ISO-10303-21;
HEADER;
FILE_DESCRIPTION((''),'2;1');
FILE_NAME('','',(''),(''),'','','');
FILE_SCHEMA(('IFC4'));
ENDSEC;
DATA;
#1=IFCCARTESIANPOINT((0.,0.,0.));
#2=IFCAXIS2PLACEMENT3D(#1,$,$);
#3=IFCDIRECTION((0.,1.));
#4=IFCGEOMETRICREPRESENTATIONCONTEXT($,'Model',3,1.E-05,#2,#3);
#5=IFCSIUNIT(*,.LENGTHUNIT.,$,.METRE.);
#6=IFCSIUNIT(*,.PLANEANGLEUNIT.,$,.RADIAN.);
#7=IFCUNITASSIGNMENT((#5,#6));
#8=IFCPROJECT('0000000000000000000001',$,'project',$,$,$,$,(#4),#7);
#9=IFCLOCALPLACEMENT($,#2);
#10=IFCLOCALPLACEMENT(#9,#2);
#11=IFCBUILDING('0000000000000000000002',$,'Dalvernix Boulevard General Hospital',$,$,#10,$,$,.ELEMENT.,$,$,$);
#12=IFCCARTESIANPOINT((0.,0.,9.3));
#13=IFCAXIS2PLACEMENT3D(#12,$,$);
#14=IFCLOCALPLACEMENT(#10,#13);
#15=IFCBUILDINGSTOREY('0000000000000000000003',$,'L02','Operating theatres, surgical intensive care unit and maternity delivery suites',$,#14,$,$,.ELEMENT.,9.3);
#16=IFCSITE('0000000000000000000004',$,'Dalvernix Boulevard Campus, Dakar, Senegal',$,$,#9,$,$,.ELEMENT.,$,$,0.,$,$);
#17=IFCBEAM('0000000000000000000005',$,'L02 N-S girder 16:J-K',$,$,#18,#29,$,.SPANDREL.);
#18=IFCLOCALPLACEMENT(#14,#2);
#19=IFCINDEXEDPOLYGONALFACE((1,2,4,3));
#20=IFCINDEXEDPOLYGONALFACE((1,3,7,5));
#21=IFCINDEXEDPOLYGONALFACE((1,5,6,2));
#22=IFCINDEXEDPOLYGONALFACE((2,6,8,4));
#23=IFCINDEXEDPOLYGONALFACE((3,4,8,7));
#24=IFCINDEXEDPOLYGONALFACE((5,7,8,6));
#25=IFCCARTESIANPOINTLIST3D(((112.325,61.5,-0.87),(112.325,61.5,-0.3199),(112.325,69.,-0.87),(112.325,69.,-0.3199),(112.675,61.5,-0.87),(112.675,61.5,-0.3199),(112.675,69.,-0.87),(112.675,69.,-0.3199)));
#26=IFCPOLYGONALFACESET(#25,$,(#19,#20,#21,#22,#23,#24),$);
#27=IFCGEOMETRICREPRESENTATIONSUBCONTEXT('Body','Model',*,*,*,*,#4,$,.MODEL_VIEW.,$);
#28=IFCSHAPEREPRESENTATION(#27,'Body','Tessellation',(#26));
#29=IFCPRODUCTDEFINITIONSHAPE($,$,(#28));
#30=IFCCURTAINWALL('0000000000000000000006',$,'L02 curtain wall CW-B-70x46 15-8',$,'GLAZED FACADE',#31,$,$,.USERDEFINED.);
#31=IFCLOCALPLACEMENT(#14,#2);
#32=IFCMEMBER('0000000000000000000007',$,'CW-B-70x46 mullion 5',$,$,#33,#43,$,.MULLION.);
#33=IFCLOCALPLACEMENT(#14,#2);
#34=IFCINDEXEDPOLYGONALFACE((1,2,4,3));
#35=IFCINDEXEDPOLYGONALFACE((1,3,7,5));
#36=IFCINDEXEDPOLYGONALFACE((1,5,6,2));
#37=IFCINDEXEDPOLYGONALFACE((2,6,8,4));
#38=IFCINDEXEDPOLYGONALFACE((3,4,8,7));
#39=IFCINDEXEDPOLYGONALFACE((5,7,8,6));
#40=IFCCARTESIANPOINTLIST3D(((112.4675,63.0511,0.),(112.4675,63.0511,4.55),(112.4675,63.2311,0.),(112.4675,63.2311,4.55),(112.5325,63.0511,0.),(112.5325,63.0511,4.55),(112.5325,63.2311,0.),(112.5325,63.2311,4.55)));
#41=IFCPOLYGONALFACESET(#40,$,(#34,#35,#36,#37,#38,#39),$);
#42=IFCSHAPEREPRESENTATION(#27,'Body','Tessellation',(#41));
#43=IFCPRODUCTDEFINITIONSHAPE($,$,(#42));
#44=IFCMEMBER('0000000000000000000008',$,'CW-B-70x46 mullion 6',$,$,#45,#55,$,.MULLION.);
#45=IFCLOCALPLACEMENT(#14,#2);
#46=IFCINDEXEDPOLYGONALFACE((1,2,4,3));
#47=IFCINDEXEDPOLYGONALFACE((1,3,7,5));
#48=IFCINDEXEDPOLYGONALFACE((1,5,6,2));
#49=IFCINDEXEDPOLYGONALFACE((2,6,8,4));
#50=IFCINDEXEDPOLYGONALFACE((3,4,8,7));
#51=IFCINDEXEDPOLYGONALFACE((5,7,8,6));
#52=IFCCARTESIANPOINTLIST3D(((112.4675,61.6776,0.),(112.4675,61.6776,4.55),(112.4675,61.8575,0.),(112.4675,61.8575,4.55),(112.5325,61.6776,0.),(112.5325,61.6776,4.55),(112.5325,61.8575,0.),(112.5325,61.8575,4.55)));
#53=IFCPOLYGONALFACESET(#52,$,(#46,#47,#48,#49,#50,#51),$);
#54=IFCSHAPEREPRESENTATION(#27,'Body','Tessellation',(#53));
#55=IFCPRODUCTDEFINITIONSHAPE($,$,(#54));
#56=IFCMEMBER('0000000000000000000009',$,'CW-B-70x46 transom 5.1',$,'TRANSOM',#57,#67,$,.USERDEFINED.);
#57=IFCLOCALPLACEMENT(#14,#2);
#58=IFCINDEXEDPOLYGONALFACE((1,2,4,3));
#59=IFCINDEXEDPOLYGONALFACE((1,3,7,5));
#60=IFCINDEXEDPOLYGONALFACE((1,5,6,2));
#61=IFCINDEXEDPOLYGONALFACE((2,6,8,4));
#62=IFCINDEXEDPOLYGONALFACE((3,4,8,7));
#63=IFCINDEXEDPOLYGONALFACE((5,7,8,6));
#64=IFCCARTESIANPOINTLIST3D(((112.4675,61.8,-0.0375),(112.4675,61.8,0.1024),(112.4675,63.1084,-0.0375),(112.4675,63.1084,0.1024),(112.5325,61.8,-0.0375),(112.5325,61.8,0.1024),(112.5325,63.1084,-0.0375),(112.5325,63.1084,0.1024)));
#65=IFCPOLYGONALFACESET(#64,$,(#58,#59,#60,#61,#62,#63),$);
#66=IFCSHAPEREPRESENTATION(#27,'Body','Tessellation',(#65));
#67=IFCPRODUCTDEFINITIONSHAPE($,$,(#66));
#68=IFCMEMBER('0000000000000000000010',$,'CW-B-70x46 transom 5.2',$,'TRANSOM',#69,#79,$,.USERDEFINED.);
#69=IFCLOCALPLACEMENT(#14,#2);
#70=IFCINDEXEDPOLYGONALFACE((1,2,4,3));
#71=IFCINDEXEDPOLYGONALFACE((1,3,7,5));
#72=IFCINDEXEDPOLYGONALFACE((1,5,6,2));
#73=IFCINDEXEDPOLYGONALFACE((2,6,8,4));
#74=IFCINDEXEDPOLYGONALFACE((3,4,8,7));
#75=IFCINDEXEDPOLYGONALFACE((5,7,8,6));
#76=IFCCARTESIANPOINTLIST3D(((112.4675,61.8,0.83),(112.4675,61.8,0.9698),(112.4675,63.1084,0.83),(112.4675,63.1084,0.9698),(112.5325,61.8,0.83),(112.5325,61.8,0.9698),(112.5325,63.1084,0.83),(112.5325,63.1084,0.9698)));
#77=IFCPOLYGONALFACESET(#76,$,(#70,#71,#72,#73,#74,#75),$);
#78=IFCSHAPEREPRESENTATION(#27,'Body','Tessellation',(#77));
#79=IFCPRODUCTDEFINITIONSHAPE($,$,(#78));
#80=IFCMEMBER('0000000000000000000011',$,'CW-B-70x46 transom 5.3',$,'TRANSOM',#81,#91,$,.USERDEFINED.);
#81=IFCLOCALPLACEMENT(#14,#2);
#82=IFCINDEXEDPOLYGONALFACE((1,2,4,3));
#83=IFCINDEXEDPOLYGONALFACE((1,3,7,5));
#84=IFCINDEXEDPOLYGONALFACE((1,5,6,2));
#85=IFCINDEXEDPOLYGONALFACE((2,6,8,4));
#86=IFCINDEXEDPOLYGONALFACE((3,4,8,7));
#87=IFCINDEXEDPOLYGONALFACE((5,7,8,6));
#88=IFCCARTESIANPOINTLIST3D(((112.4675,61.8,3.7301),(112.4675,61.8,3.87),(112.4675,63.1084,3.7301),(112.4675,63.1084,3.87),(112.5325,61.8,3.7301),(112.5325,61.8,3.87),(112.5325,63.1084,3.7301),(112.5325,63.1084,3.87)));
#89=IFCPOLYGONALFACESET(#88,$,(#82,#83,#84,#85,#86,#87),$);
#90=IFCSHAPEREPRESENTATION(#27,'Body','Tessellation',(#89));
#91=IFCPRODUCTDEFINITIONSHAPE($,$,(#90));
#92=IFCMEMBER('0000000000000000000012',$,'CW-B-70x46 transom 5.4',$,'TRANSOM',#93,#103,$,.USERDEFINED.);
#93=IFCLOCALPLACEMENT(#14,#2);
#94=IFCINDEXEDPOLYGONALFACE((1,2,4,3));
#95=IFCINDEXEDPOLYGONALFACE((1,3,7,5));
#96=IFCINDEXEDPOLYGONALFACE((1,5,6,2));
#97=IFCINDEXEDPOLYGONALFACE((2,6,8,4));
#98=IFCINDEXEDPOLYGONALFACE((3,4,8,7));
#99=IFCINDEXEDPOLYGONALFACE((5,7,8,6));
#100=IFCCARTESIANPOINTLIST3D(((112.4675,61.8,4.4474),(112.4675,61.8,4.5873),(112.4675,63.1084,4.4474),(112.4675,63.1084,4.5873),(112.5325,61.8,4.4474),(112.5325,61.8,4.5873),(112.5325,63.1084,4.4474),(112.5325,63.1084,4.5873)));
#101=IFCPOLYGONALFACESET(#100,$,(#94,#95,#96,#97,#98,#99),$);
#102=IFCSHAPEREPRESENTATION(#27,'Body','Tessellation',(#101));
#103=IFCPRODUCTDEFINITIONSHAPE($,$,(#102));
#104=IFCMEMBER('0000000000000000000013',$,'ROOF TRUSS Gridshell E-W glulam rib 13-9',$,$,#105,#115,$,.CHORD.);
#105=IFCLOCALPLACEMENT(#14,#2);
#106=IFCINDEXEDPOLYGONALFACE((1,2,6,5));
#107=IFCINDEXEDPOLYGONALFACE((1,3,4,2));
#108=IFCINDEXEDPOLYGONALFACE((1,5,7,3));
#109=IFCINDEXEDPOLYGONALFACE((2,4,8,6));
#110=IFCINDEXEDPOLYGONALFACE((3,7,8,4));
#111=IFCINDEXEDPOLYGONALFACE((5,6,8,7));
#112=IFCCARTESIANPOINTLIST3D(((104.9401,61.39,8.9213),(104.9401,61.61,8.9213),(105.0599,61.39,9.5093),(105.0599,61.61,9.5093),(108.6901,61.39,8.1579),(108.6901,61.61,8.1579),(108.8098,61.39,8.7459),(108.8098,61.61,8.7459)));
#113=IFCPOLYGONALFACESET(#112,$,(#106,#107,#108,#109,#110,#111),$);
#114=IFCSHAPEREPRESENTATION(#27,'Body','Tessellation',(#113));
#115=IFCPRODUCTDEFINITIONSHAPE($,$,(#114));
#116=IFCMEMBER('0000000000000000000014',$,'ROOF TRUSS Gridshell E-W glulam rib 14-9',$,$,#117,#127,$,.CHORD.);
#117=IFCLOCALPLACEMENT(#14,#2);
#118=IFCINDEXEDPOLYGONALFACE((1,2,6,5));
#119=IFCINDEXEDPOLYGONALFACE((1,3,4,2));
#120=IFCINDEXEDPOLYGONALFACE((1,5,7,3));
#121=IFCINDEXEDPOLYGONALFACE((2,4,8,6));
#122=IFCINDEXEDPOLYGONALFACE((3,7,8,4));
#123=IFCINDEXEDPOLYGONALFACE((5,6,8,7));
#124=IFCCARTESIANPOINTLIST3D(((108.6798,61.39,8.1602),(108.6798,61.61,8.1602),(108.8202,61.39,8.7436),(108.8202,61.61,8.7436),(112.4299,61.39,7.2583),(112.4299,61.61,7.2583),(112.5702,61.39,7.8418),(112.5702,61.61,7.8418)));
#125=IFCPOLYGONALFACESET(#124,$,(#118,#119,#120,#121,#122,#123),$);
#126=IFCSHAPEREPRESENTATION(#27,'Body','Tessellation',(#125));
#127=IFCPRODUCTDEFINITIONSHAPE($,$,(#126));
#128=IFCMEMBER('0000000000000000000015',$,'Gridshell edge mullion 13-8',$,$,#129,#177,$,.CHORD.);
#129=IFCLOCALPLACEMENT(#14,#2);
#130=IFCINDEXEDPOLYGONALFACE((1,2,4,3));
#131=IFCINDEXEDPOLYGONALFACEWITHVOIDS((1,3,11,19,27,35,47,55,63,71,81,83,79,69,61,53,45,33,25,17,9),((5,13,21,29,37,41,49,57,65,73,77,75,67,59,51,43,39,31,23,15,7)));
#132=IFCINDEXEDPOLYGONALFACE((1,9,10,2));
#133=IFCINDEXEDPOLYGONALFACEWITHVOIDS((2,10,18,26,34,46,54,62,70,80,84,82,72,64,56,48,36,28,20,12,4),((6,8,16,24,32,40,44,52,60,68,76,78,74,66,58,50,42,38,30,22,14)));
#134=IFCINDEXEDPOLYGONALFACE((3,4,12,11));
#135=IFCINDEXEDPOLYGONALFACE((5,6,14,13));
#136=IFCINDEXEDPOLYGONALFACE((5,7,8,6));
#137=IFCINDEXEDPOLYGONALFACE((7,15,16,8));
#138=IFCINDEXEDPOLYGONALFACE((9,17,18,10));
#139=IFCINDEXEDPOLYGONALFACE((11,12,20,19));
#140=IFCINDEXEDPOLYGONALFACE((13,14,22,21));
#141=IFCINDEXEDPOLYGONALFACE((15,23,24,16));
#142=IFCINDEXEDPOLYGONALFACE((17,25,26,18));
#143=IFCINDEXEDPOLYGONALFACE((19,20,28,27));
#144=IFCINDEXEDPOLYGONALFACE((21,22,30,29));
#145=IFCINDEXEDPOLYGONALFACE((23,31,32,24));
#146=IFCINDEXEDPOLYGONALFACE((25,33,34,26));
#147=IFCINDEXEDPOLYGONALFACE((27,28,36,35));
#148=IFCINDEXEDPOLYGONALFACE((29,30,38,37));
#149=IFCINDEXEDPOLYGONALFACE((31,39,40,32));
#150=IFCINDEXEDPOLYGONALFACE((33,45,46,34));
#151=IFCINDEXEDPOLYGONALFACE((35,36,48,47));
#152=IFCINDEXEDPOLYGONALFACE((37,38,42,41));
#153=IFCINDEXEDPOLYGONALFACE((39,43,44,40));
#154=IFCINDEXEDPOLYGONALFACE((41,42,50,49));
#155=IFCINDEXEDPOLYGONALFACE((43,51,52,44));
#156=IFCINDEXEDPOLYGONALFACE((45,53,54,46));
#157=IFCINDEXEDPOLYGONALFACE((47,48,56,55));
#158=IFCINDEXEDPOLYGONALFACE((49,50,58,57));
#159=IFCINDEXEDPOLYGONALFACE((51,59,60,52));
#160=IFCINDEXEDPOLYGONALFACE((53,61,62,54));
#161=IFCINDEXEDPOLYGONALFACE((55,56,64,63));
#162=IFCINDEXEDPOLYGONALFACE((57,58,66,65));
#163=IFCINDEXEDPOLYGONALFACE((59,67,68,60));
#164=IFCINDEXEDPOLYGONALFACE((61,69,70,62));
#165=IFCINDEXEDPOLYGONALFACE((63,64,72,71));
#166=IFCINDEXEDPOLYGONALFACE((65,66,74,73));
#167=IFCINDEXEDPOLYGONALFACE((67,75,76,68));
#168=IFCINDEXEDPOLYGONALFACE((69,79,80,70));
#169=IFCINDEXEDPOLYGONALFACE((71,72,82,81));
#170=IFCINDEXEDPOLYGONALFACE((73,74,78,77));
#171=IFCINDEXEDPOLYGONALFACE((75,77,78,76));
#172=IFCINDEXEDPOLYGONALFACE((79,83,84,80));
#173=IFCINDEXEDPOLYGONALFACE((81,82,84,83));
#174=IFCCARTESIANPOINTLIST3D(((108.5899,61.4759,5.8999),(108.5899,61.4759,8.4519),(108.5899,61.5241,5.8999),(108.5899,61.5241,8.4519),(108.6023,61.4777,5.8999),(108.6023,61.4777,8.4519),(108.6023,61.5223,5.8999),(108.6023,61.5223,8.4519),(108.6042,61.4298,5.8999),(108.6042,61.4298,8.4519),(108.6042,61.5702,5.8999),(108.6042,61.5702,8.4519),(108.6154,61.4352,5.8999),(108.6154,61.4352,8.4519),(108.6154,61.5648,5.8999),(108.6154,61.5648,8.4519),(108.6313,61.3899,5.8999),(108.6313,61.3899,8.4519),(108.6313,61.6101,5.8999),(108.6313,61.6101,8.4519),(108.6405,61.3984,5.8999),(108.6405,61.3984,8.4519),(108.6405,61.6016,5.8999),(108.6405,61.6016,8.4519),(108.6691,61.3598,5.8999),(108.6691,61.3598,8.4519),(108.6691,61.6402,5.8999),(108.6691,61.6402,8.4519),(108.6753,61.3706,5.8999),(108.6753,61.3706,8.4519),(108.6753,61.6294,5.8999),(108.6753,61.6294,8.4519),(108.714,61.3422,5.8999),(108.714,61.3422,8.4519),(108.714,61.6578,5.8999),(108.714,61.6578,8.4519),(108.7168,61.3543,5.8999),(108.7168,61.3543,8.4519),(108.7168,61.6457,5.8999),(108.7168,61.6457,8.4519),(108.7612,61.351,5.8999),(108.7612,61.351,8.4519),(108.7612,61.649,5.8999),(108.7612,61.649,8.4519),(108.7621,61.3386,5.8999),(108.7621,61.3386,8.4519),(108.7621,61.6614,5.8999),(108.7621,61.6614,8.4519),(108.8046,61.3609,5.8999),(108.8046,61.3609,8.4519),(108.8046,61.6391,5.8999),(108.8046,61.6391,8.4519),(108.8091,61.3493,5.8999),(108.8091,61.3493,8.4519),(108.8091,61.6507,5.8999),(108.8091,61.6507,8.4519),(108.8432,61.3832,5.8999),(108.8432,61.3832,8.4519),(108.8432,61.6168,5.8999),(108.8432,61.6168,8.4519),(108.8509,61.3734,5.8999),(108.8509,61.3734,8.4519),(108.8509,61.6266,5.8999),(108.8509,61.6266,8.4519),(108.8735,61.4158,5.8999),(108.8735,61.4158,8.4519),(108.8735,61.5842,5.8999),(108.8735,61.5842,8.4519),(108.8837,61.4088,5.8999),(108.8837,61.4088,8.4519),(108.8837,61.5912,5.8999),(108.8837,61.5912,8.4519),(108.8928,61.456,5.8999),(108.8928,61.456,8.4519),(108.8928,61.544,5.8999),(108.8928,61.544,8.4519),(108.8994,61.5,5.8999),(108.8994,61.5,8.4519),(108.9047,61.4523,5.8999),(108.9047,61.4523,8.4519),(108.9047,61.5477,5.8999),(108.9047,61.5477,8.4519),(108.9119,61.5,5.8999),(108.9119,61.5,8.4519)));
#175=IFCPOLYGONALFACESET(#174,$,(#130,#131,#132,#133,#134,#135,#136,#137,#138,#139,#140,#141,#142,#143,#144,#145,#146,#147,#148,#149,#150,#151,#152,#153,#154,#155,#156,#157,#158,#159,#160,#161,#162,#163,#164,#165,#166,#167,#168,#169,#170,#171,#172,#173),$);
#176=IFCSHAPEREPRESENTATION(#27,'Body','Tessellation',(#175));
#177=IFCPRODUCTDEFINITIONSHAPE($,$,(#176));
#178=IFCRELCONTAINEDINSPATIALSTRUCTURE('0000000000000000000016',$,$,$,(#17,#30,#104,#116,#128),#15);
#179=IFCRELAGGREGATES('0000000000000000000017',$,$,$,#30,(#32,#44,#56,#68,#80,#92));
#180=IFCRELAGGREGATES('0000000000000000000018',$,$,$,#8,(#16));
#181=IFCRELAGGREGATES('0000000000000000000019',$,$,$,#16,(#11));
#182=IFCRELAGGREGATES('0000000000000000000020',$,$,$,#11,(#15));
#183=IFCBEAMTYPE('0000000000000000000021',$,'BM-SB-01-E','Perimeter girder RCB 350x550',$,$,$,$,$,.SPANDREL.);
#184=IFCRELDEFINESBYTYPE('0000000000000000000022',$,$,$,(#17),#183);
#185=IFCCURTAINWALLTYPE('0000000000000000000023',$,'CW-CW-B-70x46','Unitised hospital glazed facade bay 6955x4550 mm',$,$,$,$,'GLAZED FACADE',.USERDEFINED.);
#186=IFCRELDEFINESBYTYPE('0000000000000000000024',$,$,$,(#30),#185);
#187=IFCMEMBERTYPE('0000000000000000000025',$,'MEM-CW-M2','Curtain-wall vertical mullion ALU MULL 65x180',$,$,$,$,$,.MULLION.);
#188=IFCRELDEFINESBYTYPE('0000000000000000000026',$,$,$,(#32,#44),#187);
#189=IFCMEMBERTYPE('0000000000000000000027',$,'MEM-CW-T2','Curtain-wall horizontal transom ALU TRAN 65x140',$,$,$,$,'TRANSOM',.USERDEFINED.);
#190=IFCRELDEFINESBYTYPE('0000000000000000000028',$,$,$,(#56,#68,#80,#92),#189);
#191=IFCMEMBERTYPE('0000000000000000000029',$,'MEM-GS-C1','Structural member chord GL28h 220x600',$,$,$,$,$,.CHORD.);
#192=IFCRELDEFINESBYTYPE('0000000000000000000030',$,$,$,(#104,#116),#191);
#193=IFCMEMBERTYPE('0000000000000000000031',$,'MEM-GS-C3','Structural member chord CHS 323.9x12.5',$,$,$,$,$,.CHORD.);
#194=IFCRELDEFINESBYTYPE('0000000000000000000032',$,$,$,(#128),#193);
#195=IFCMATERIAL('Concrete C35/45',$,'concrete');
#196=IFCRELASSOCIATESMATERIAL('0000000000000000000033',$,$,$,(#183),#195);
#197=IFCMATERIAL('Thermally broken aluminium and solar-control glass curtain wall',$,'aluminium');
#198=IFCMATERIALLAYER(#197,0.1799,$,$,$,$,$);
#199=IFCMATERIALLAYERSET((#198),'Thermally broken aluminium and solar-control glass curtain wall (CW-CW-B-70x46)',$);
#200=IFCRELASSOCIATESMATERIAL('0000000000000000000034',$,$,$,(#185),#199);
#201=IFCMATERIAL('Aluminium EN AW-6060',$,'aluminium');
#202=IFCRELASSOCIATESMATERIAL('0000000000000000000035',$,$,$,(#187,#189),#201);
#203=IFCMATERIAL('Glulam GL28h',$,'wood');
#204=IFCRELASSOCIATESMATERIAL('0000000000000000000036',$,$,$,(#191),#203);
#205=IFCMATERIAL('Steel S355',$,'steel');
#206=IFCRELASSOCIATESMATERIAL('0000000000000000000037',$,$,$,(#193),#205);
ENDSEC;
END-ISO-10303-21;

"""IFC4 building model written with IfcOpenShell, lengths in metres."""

from ifc_helpers import new_model, si_unit, direction, frame, origin, origin_2d, place, context, subcontext, project, spatial, rectangle, hollow_circle, extrude, material, layer, layer_set, material_profile, profile_set, type_object, element, aggregate, save


model = new_model("IFC4")

# Units and contexts
model_context = context("Model", 3, precision=1e-05, world=origin(), true_north=direction((0.0, 1.0)))
body_context = subcontext(model_context, "Body", "Model", "MODEL_VIEW")
ifc_project = project(units=[si_unit("LENGTHUNIT", "METRE"), si_unit("PLANEANGLEUNIT", "RADIAN")], contexts=[model_context])

# Site, building, storey
site_placement = place(None, origin())
site = spatial("IfcSite", under=ifc_project, at=site_placement, Name="Dalvernix Boulevard Campus, Dakar, Senegal", CompositionType="ELEMENT", RefElevation=0.0)
building_placement = place(site_placement, origin())
building = spatial("IfcBuilding", under=site, at=building_placement, Name="Dalvernix Boulevard General Hospital", CompositionType="ELEMENT")
storey_placement = place(building_placement, frame((0.0, 0.0, 9.3)))
storey = spatial("IfcBuildingStorey", under=building, at=storey_placement, Name="L02", Description="Operating theatres, surgical intensive care unit and maternity delivery suites", CompositionType="ELEMENT", Elevation=9.3)

# Shared definitions
ifc_material_1 = material(Name="Steel S355", Category="steel")

# Beam
ifc_material_2 = material(Name="Concrete C35/45", Category="concrete")
ifc_material_profile_1 = material_profile(ifc_material_2, rectangle(XDim=0.3501, YDim=0.55, at=origin_2d()), Name="RCB 350x550")
ifc_profile_set_1 = profile_set([ifc_material_profile_1], Name="Concrete C35/45")
beam_type_1 = type_object("IfcBeamType", Name="BM-SB-01-E", Description="Perimeter girder RCB 350x550", PredefinedType="SPANDREL", material=ifc_profile_set_1)
beam_1_placement = place(storey_placement, frame((112.5, 61.5, -0.595), z_axis=(0.0, 1.0, 0.0), x_axis=(-1.0, 0.0, 0.0)))
element("IfcBeam", 1, at=beam_1_placement, inside=storey, type_object=beam_type_1, Name="L02 N-S girder 16:J-K", PredefinedType="SPANDREL", context=body_context, shape_type="SweptSolid", body=[
    extrude(rectangle(XDim=0.3501, YDim=0.55, at=origin_2d()), origin(), (0.0, 0.0, 1.0), 7.5),
])

# Curtain wall, members
ifc_material_3 = material(Name="Thermally broken aluminium and solar-control glass curtain wall", Category="aluminium")
ifc_layer_1 = layer(ifc_material_3, 0.1799)
ifc_layer_set_1 = layer_set([ifc_layer_1], Name="Thermally broken aluminium and solar-control glass curtain wall (CW-CW-B-70x46)")
curtain_wall_type = type_object("IfcCurtainWallType", Name="CW-CW-B-70x46", Description="Unitised hospital glazed facade bay 6955x4550 mm", ElementType="GLAZED FACADE", PredefinedType="USERDEFINED", material=ifc_layer_set_1)
curtain_wall_placement = place(storey_placement, origin())
curtain_wall = element("IfcCurtainWall", 2, at=curtain_wall_placement, inside=storey, type_object=curtain_wall_type, Name="L02 curtain wall CW-B-70x46 15-8", ObjectType="GLAZED FACADE", PredefinedType="USERDEFINED")
ifc_material_4 = material(Name="Aluminium EN AW-6060", Category="aluminium")
ifc_material_profile_2 = material_profile(ifc_material_4, rectangle(XDim=0.0649, YDim=0.1799, at=origin_2d()), Name="ALU MULL 65x180")
ifc_profile_set_2 = profile_set([ifc_material_profile_2], Name="Aluminium EN AW-6060")
member_type_1 = type_object("IfcMemberType", Name="MEM-CW-M2", Description="Curtain-wall vertical mullion ALU MULL 65x180", PredefinedType="MULLION", material=ifc_profile_set_2)
member_1_placement = place(storey_placement, frame((112.5, 63.1411, 0.0), z_axis=(0.0, 0.0, 1.0), x_axis=(1.0, 0.0, 0.0)))
member_1 = element("IfcMember", 3, at=member_1_placement, type_object=member_type_1, Name="CW-B-70x46 mullion 5", PredefinedType="MULLION", context=body_context, shape_type="SweptSolid", body=[
    extrude(rectangle(XDim=0.0649, YDim=0.1799, at=origin_2d()), origin(), (0.0, 0.0, 1.0), 4.55),
])
member_2_placement = place(storey_placement, frame((112.5, 61.7676, 0.0), z_axis=(0.0, 0.0, 1.0), x_axis=(1.0, 0.0, 0.0)))
member_2 = element("IfcMember", 4, at=member_2_placement, type_object=member_type_1, Name="CW-B-70x46 mullion 6", PredefinedType="MULLION", context=body_context, shape_type="SweptSolid", body=[
    extrude(rectangle(XDim=0.0649, YDim=0.1799, at=origin_2d()), origin(), (0.0, 0.0, 1.0), 4.55),
])
ifc_material_profile_3 = material_profile(ifc_material_4, rectangle(XDim=0.0649, YDim=0.1399, at=origin_2d()), Name="ALU TRAN 65x140")
ifc_profile_set_3 = profile_set([ifc_material_profile_3], Name="Aluminium EN AW-6060")
member_type_2 = type_object("IfcMemberType", Name="MEM-CW-T2", Description="Curtain-wall horizontal transom ALU TRAN 65x140", ElementType="TRANSOM", PredefinedType="USERDEFINED", material=ifc_profile_set_3)
member_3_placement = place(storey_placement, frame((112.5, 63.1084, 0.0325), z_axis=(0.0, -1.0, 0.0), x_axis=(1.0, 0.0, 0.0)))
member_3 = element("IfcMember", 5, at=member_3_placement, type_object=member_type_2, Name="CW-B-70x46 transom 5.1", ObjectType="TRANSOM", PredefinedType="USERDEFINED", context=body_context, shape_type="SweptSolid", body=[
    extrude(rectangle(XDim=0.0649, YDim=0.1399, at=origin_2d()), origin(), (0.0, 0.0, 1.0), 1.3083),
])
member_4_placement = place(storey_placement, frame((112.5, 63.1084, 0.8999), z_axis=(0.0, -1.0, 0.0), x_axis=(1.0, 0.0, 0.0)))
member_4 = element("IfcMember", 6, at=member_4_placement, type_object=member_type_2, Name="CW-B-70x46 transom 5.2", ObjectType="TRANSOM", PredefinedType="USERDEFINED", context=body_context, shape_type="SweptSolid", body=[
    extrude(rectangle(XDim=0.0649, YDim=0.1399, at=origin_2d()), origin(), (0.0, 0.0, 1.0), 1.3083),
])
member_5_placement = place(storey_placement, frame((112.5, 63.1084, 3.8), z_axis=(0.0, -1.0, 0.0), x_axis=(1.0, 0.0, 0.0)))
member_5 = element("IfcMember", 7, at=member_5_placement, type_object=member_type_2, Name="CW-B-70x46 transom 5.3", ObjectType="TRANSOM", PredefinedType="USERDEFINED", context=body_context, shape_type="SweptSolid", body=[
    extrude(rectangle(XDim=0.0649, YDim=0.1399, at=origin_2d()), origin(), (0.0, 0.0, 1.0), 1.3083),
])
member_6_placement = place(storey_placement, frame((112.5, 63.1084, 4.5173), z_axis=(0.0, -1.0, 0.0), x_axis=(1.0, 0.0, 0.0)))
member_6 = element("IfcMember", 8, at=member_6_placement, type_object=member_type_2, Name="CW-B-70x46 transom 5.4", ObjectType="TRANSOM", PredefinedType="USERDEFINED", context=body_context, shape_type="SweptSolid", body=[
    extrude(rectangle(XDim=0.0649, YDim=0.1399, at=origin_2d()), origin(), (0.0, 0.0, 1.0), 1.3083),
])

# Members
ifc_material_5 = material(Name="Glulam GL28h", Category="wood")
ifc_material_profile_4 = material_profile(ifc_material_5, rectangle(XDim=0.22, YDim=0.6001, at=origin_2d()), Name="GL28h 220x600")
ifc_profile_set_4 = profile_set([ifc_material_profile_4], Name="Glulam GL28h")
member_type_3 = type_object("IfcMemberType", Name="MEM-GS-C1", Description="Structural member chord GL28h 220x600", PredefinedType="CHORD", material=ifc_profile_set_4)
member_7_placement = place(storey_placement, frame((105.0, 61.5, 9.2153), z_axis=(0.9799, 0.0, -0.199489), x_axis=(0.0, 1.0, 0.0)))
element("IfcMember", 9, at=member_7_placement, inside=storey, type_object=member_type_3, Name="ROOF TRUSS Gridshell E-W glulam rib 13-9", PredefinedType="CHORD", context=body_context, shape_type="SweptSolid", body=[
    extrude(rectangle(XDim=0.22, YDim=0.6001, at=origin_2d()), origin(), (0.0, 0.0, 1.0), 3.8269),
])
member_8_placement = place(storey_placement, frame((108.75, 61.5, 8.4519), z_axis=(0.972278, 0.0, -0.233828), x_axis=(0.0, 1.0, 0.0)))
element("IfcMember", 10, at=member_8_placement, inside=storey, type_object=member_type_3, Name="ROOF TRUSS Gridshell E-W glulam rib 14-9", PredefinedType="CHORD", context=body_context, shape_type="SweptSolid", body=[
    extrude(rectangle(XDim=0.22, YDim=0.6001, at=origin_2d()), origin(), (0.0, 0.0, 1.0), 3.8569),
])
ifc_material_profile_5 = material_profile(ifc_material_1, hollow_circle(Radius=0.1619, WallThickness=0.0125, at=origin_2d()), Name="CHS 323.9x12.5")
ifc_profile_set_5 = profile_set([ifc_material_profile_5], Name="Steel S355")
member_type_4 = type_object("IfcMemberType", Name="MEM-GS-C3", Description="Structural member chord CHS 323.9x12.5", PredefinedType="CHORD", material=ifc_profile_set_5)
member_9_placement = place(storey_placement, frame((108.75, 61.5, 5.8999), z_axis=(0.0, 0.0, 1.0), x_axis=(1.0, 0.0, 0.0)))
element("IfcMember", 11, at=member_9_placement, inside=storey, type_object=member_type_4, Name="Gridshell edge mullion 13-8", PredefinedType="CHORD", context=body_context, shape_type="SweptSolid", body=[
    extrude(hollow_circle(Radius=0.1619, WallThickness=0.0125, at=origin_2d()), origin(), (0.0, 0.0, 1.0), 2.552),
])

aggregate(curtain_wall, [member_1, member_2, member_3, member_4, member_5, member_6])

save(model, "model.ifc")
